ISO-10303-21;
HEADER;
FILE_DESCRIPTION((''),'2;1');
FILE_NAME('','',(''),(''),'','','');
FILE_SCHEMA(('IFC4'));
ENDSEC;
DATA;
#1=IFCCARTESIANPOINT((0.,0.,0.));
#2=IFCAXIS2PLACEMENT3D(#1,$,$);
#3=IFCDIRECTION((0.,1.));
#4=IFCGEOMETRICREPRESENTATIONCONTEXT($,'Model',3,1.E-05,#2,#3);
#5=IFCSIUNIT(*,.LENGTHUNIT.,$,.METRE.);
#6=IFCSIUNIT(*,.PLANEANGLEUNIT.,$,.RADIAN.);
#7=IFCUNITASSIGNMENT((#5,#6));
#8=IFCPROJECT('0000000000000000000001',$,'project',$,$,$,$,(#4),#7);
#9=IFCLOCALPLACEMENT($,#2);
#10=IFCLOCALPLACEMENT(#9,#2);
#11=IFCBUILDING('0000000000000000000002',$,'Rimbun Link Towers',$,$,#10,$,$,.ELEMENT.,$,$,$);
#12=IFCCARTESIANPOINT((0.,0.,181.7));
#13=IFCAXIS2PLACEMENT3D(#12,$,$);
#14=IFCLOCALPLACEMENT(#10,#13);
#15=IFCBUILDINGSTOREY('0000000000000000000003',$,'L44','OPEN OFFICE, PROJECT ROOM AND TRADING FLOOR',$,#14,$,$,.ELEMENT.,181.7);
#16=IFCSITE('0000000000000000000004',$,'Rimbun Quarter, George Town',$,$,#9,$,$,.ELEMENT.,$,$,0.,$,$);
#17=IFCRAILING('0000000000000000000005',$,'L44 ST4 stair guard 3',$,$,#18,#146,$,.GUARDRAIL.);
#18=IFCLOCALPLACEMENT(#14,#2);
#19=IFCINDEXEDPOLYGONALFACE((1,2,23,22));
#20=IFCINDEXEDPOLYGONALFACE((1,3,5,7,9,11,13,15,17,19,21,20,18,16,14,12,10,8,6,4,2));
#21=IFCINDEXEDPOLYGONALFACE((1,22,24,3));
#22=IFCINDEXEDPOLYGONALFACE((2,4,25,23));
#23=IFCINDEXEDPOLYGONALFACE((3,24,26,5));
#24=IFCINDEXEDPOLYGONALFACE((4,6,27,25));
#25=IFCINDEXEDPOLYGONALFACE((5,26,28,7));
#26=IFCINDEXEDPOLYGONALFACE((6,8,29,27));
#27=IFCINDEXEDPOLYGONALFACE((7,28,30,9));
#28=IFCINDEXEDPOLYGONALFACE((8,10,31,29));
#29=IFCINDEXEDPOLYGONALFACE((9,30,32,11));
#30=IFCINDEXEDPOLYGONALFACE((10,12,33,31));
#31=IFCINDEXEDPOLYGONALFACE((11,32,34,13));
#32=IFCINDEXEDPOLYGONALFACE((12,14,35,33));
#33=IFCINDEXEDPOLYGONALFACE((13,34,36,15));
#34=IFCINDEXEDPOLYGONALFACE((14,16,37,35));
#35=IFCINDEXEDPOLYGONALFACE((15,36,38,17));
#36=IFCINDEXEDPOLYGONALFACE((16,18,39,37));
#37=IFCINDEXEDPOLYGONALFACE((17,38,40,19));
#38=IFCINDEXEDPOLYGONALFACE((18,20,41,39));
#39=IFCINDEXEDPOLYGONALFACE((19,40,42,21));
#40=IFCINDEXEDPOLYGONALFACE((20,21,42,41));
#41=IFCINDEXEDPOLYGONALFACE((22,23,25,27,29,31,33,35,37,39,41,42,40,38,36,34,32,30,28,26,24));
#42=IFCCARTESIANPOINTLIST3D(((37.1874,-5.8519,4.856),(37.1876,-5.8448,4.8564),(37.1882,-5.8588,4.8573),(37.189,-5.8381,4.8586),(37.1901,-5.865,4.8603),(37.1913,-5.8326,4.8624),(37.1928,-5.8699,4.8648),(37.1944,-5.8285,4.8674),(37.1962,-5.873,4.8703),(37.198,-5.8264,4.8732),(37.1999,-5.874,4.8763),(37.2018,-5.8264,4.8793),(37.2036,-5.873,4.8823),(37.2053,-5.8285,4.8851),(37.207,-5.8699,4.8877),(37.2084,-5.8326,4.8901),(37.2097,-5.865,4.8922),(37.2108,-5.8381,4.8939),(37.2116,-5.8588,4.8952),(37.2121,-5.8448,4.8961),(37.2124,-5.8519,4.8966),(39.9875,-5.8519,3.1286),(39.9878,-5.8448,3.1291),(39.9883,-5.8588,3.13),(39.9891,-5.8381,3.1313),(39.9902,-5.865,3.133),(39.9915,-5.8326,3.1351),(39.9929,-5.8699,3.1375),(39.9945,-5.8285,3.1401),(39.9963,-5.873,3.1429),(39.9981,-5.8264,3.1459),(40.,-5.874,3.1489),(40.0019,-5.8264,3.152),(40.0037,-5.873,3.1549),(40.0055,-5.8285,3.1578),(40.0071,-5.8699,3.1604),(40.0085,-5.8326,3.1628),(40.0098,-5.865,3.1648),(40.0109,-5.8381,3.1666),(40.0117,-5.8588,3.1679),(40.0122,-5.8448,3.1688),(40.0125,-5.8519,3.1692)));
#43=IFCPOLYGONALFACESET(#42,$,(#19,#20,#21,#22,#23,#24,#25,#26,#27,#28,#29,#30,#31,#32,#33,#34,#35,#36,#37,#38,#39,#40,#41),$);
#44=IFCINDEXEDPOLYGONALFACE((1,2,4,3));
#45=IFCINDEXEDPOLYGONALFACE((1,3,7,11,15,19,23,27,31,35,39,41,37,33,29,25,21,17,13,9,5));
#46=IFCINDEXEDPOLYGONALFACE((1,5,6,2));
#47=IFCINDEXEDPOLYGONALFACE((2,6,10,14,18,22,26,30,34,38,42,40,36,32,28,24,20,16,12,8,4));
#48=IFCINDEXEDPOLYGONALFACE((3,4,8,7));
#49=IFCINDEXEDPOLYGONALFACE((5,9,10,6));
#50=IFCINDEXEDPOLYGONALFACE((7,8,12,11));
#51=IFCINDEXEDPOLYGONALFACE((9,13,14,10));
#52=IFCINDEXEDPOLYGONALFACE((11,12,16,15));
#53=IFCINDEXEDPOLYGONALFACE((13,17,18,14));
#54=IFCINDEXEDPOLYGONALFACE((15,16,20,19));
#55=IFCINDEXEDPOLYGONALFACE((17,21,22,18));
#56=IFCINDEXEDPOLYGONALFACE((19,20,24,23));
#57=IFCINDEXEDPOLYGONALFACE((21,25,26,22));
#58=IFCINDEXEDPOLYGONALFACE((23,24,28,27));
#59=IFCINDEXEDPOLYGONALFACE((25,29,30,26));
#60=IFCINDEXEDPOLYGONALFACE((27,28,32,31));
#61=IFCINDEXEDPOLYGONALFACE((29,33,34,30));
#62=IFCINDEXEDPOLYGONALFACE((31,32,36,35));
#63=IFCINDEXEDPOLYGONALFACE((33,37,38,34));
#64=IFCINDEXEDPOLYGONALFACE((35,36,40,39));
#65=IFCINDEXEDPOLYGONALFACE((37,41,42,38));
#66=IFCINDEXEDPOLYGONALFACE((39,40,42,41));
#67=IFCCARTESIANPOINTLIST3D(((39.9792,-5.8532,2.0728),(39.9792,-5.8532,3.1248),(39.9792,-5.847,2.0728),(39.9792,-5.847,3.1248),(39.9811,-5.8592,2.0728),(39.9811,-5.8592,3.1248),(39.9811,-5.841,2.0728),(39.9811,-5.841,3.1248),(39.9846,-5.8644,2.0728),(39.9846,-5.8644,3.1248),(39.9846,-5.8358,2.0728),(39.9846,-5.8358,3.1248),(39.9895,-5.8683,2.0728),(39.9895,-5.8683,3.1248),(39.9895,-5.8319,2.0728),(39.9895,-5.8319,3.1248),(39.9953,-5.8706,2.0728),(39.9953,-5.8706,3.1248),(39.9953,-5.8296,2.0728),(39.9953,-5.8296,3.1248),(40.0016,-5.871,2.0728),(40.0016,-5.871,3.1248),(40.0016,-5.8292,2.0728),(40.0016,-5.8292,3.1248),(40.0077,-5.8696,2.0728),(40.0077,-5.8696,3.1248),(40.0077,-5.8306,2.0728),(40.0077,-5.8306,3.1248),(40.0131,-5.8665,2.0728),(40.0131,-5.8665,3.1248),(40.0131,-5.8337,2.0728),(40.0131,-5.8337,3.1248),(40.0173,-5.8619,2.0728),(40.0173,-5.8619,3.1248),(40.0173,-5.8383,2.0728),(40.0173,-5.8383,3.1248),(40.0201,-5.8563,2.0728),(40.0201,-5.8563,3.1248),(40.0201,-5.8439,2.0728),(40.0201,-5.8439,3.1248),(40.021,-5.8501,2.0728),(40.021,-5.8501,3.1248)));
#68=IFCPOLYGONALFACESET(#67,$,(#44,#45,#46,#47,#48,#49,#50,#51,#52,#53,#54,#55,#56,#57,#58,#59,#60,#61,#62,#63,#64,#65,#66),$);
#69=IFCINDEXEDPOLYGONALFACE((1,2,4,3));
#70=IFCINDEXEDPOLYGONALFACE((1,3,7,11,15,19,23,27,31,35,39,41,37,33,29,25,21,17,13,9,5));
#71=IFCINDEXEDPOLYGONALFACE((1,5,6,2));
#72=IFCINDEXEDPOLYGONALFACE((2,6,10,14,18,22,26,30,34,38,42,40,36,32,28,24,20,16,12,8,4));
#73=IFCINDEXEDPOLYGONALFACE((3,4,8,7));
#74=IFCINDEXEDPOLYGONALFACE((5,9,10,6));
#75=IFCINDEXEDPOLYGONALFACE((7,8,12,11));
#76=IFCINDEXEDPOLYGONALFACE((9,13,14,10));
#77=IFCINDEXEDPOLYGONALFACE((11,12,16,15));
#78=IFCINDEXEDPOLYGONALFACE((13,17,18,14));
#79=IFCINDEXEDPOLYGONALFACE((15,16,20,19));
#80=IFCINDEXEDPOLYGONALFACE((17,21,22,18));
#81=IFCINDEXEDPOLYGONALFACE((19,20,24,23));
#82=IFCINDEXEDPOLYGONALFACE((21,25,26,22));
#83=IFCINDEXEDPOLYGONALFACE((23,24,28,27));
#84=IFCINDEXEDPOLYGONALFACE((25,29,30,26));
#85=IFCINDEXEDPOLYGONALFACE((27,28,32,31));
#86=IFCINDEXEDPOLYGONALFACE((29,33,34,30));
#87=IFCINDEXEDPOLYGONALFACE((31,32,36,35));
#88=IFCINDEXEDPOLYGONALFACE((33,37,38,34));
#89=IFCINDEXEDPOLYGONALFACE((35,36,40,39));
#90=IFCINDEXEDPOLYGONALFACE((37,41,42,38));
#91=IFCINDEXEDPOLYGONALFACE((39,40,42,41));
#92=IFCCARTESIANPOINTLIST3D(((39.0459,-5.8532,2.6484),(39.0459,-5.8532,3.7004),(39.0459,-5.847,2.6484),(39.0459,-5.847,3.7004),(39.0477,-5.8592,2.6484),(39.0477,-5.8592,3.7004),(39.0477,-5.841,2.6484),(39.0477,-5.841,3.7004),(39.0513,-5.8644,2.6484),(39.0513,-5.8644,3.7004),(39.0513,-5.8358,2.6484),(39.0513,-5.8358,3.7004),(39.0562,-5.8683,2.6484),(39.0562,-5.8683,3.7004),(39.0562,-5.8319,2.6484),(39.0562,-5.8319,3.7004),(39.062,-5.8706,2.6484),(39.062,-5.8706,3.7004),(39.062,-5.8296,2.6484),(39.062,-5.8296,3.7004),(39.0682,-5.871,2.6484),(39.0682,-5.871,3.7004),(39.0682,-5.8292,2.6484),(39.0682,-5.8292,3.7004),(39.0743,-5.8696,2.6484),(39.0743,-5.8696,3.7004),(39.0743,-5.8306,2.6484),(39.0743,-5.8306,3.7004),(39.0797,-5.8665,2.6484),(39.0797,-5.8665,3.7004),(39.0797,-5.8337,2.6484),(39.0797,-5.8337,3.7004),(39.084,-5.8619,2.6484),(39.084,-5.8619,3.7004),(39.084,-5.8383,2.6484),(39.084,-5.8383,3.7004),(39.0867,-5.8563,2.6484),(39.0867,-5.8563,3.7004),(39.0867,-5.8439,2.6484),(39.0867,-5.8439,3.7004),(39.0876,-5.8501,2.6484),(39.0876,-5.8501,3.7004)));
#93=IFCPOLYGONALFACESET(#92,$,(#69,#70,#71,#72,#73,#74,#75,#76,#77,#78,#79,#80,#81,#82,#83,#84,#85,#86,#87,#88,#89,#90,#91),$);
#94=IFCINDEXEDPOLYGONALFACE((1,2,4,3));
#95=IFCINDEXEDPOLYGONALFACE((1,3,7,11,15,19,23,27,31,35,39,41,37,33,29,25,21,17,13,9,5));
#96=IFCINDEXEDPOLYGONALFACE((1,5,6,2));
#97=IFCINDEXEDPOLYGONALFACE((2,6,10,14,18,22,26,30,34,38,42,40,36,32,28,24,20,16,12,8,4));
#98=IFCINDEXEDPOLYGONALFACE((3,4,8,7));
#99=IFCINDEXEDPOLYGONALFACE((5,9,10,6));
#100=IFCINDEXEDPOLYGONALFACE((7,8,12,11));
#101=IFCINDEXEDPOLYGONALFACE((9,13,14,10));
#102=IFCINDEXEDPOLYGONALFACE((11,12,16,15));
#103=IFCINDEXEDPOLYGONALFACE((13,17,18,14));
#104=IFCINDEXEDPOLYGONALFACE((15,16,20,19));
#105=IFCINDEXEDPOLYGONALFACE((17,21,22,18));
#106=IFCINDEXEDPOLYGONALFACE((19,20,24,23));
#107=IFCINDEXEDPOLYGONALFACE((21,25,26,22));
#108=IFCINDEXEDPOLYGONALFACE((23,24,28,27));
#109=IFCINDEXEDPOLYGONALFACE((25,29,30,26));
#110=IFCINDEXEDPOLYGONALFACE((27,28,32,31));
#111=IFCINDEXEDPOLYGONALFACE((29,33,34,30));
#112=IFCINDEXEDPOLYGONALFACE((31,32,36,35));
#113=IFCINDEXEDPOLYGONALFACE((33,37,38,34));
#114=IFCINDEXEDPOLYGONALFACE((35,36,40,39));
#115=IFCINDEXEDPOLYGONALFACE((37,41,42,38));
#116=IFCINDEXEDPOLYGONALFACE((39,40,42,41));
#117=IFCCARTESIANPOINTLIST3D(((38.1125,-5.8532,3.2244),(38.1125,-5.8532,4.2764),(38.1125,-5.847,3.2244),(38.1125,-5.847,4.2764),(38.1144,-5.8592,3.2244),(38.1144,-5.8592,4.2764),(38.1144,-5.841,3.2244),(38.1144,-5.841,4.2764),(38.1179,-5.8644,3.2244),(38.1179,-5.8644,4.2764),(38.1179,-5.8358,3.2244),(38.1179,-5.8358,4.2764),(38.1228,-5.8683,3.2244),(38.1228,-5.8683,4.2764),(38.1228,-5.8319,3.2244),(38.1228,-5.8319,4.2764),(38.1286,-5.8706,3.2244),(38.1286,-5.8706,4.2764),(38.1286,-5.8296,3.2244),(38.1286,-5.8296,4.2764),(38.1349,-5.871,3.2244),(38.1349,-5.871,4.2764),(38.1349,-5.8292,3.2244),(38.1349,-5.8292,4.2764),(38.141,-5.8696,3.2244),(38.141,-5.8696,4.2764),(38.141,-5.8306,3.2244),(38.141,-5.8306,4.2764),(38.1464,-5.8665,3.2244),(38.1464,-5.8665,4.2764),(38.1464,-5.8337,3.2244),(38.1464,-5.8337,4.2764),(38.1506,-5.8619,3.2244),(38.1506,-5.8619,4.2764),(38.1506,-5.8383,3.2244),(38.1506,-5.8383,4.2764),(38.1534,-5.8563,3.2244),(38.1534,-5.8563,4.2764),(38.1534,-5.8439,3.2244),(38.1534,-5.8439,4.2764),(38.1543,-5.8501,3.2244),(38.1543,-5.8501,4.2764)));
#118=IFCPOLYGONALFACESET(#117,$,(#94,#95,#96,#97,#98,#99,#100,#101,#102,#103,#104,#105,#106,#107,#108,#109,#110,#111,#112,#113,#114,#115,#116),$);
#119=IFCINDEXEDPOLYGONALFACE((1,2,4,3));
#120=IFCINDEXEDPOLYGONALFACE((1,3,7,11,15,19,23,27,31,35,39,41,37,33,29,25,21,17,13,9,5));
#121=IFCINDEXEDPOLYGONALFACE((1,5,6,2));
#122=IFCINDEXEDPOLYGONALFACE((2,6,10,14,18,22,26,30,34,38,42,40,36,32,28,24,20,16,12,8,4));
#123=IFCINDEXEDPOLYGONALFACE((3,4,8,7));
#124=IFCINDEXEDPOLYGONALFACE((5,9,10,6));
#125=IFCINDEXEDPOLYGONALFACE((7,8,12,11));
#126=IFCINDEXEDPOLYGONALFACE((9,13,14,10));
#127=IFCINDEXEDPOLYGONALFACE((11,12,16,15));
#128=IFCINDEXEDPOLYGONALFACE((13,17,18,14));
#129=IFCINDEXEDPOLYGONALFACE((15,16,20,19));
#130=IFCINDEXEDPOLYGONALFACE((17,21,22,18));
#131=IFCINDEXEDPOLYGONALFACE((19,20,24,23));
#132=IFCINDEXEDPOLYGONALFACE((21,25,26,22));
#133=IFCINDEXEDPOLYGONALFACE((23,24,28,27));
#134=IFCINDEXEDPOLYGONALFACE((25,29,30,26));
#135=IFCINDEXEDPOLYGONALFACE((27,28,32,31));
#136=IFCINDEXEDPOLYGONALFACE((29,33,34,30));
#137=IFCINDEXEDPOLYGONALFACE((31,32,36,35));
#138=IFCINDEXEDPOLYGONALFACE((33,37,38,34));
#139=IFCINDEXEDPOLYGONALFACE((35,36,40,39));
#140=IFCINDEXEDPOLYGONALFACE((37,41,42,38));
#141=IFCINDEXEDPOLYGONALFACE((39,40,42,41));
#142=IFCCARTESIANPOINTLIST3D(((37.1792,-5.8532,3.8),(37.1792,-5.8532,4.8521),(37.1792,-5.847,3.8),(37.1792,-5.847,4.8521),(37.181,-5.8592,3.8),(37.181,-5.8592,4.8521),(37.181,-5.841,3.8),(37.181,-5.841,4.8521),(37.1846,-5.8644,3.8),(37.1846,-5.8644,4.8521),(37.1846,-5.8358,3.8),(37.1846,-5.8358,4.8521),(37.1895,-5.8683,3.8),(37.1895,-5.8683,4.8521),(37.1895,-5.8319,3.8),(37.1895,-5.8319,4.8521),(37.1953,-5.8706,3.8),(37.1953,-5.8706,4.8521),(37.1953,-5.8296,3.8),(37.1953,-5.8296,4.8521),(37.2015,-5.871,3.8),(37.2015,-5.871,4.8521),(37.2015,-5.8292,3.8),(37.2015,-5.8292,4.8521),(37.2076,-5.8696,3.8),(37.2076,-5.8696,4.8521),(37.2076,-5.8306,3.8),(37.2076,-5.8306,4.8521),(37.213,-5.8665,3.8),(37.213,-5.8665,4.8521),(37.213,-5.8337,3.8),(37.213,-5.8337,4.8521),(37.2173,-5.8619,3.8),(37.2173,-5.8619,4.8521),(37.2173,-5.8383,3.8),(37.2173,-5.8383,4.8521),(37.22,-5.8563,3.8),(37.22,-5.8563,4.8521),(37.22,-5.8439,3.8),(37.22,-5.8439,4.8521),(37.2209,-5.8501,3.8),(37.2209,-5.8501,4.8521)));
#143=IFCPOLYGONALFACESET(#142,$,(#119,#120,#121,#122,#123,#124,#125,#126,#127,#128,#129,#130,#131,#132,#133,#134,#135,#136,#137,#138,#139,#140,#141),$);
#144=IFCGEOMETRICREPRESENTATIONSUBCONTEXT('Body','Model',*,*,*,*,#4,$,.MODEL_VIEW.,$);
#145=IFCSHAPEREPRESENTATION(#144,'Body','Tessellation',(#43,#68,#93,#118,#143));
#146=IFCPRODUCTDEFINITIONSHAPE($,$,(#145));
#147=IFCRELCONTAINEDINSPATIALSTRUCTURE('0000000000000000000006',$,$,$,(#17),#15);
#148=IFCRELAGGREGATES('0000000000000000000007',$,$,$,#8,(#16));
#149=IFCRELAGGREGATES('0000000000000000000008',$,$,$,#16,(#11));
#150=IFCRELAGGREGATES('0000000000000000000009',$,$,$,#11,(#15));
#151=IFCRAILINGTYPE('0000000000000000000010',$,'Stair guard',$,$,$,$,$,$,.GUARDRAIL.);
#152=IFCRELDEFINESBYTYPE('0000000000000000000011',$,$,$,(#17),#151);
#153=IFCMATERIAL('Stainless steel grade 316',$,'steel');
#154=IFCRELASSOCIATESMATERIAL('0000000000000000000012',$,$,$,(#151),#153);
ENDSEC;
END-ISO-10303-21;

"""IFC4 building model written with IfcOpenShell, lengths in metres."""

from ifc_helpers import new_model, si_unit, direction, frame, origin, origin_2d, place, context, subcontext, project, spatial, circle, extrude, material, type_object, element, save


model = new_model("IFC4")

# Units and contexts
model_context = context("Model", 3, precision=1e-05, world=origin(), true_north=direction((0.0, 1.0)))
body_context = subcontext(model_context, "Body", "Model", "MODEL_VIEW")
ifc_project = project(units=[si_unit("LENGTHUNIT", "METRE"), si_unit("PLANEANGLEUNIT", "RADIAN")], contexts=[model_context])

# Site, building, storey
site_placement = place(None, origin())
site = spatial("IfcSite", under=ifc_project, at=site_placement, Name="Rimbun Quarter, George Town", CompositionType="ELEMENT", RefElevation=0.0)
building_placement = place(site_placement, origin())
building = spatial("IfcBuilding", under=site, at=building_placement, Name="Rimbun Link Towers", CompositionType="ELEMENT")
storey_placement = place(building_placement, frame((0.0, 0.0, 181.7)))
storey = spatial("IfcBuildingStorey", under=building, at=storey_placement, Name="L44", Description="OPEN OFFICE, PROJECT ROOM AND TRADING FLOOR", CompositionType="ELEMENT", Elevation=181.7)

# Railing
ifc_material_1 = material(Name="Stainless steel grade 316", Category="steel")
railing_type_1 = type_object("IfcRailingType", Name="Stair guard", PredefinedType="GUARDRAIL", material=ifc_material_1)
railing_1_placement = place(storey_placement, frame((40.0, -5.8501, 2.0728)))
element("IfcRailing", 1, at=railing_1_placement, inside=storey, type_object=railing_type_1, Name="L44 ST4 stair guard 3", PredefinedType="GUARDRAIL", context=body_context, shape_type="SweptSolid", body=[
    extrude(circle(Radius=0.0239, at=origin_2d()), frame((0.0, 0.0, 1.0762), z_axis=(-0.85109, 0.0, 0.52502), x_axis=(0.0, -1.0, 0.0)), (0.0, 0.0, 1.0), 3.29),
    extrude(circle(Radius=0.021, at=origin_2d()), origin(), (0.0, 0.0, 1.0), 1.052),
    extrude(circle(Radius=0.021, at=origin_2d()), frame((-0.9333, 0.0, 0.5757)), (0.0, 0.0, 1.0), 1.052),
    extrude(circle(Radius=0.021, at=origin_2d()), frame((-1.8667, 0.0, 1.1516)), (0.0, 0.0, 1.0), 1.052),
    extrude(circle(Radius=0.021, at=origin_2d()), frame((-2.8, 0.0, 1.7273)), (0.0, 0.0, 1.0), 1.052),
])

save(model, "model.ifc")
